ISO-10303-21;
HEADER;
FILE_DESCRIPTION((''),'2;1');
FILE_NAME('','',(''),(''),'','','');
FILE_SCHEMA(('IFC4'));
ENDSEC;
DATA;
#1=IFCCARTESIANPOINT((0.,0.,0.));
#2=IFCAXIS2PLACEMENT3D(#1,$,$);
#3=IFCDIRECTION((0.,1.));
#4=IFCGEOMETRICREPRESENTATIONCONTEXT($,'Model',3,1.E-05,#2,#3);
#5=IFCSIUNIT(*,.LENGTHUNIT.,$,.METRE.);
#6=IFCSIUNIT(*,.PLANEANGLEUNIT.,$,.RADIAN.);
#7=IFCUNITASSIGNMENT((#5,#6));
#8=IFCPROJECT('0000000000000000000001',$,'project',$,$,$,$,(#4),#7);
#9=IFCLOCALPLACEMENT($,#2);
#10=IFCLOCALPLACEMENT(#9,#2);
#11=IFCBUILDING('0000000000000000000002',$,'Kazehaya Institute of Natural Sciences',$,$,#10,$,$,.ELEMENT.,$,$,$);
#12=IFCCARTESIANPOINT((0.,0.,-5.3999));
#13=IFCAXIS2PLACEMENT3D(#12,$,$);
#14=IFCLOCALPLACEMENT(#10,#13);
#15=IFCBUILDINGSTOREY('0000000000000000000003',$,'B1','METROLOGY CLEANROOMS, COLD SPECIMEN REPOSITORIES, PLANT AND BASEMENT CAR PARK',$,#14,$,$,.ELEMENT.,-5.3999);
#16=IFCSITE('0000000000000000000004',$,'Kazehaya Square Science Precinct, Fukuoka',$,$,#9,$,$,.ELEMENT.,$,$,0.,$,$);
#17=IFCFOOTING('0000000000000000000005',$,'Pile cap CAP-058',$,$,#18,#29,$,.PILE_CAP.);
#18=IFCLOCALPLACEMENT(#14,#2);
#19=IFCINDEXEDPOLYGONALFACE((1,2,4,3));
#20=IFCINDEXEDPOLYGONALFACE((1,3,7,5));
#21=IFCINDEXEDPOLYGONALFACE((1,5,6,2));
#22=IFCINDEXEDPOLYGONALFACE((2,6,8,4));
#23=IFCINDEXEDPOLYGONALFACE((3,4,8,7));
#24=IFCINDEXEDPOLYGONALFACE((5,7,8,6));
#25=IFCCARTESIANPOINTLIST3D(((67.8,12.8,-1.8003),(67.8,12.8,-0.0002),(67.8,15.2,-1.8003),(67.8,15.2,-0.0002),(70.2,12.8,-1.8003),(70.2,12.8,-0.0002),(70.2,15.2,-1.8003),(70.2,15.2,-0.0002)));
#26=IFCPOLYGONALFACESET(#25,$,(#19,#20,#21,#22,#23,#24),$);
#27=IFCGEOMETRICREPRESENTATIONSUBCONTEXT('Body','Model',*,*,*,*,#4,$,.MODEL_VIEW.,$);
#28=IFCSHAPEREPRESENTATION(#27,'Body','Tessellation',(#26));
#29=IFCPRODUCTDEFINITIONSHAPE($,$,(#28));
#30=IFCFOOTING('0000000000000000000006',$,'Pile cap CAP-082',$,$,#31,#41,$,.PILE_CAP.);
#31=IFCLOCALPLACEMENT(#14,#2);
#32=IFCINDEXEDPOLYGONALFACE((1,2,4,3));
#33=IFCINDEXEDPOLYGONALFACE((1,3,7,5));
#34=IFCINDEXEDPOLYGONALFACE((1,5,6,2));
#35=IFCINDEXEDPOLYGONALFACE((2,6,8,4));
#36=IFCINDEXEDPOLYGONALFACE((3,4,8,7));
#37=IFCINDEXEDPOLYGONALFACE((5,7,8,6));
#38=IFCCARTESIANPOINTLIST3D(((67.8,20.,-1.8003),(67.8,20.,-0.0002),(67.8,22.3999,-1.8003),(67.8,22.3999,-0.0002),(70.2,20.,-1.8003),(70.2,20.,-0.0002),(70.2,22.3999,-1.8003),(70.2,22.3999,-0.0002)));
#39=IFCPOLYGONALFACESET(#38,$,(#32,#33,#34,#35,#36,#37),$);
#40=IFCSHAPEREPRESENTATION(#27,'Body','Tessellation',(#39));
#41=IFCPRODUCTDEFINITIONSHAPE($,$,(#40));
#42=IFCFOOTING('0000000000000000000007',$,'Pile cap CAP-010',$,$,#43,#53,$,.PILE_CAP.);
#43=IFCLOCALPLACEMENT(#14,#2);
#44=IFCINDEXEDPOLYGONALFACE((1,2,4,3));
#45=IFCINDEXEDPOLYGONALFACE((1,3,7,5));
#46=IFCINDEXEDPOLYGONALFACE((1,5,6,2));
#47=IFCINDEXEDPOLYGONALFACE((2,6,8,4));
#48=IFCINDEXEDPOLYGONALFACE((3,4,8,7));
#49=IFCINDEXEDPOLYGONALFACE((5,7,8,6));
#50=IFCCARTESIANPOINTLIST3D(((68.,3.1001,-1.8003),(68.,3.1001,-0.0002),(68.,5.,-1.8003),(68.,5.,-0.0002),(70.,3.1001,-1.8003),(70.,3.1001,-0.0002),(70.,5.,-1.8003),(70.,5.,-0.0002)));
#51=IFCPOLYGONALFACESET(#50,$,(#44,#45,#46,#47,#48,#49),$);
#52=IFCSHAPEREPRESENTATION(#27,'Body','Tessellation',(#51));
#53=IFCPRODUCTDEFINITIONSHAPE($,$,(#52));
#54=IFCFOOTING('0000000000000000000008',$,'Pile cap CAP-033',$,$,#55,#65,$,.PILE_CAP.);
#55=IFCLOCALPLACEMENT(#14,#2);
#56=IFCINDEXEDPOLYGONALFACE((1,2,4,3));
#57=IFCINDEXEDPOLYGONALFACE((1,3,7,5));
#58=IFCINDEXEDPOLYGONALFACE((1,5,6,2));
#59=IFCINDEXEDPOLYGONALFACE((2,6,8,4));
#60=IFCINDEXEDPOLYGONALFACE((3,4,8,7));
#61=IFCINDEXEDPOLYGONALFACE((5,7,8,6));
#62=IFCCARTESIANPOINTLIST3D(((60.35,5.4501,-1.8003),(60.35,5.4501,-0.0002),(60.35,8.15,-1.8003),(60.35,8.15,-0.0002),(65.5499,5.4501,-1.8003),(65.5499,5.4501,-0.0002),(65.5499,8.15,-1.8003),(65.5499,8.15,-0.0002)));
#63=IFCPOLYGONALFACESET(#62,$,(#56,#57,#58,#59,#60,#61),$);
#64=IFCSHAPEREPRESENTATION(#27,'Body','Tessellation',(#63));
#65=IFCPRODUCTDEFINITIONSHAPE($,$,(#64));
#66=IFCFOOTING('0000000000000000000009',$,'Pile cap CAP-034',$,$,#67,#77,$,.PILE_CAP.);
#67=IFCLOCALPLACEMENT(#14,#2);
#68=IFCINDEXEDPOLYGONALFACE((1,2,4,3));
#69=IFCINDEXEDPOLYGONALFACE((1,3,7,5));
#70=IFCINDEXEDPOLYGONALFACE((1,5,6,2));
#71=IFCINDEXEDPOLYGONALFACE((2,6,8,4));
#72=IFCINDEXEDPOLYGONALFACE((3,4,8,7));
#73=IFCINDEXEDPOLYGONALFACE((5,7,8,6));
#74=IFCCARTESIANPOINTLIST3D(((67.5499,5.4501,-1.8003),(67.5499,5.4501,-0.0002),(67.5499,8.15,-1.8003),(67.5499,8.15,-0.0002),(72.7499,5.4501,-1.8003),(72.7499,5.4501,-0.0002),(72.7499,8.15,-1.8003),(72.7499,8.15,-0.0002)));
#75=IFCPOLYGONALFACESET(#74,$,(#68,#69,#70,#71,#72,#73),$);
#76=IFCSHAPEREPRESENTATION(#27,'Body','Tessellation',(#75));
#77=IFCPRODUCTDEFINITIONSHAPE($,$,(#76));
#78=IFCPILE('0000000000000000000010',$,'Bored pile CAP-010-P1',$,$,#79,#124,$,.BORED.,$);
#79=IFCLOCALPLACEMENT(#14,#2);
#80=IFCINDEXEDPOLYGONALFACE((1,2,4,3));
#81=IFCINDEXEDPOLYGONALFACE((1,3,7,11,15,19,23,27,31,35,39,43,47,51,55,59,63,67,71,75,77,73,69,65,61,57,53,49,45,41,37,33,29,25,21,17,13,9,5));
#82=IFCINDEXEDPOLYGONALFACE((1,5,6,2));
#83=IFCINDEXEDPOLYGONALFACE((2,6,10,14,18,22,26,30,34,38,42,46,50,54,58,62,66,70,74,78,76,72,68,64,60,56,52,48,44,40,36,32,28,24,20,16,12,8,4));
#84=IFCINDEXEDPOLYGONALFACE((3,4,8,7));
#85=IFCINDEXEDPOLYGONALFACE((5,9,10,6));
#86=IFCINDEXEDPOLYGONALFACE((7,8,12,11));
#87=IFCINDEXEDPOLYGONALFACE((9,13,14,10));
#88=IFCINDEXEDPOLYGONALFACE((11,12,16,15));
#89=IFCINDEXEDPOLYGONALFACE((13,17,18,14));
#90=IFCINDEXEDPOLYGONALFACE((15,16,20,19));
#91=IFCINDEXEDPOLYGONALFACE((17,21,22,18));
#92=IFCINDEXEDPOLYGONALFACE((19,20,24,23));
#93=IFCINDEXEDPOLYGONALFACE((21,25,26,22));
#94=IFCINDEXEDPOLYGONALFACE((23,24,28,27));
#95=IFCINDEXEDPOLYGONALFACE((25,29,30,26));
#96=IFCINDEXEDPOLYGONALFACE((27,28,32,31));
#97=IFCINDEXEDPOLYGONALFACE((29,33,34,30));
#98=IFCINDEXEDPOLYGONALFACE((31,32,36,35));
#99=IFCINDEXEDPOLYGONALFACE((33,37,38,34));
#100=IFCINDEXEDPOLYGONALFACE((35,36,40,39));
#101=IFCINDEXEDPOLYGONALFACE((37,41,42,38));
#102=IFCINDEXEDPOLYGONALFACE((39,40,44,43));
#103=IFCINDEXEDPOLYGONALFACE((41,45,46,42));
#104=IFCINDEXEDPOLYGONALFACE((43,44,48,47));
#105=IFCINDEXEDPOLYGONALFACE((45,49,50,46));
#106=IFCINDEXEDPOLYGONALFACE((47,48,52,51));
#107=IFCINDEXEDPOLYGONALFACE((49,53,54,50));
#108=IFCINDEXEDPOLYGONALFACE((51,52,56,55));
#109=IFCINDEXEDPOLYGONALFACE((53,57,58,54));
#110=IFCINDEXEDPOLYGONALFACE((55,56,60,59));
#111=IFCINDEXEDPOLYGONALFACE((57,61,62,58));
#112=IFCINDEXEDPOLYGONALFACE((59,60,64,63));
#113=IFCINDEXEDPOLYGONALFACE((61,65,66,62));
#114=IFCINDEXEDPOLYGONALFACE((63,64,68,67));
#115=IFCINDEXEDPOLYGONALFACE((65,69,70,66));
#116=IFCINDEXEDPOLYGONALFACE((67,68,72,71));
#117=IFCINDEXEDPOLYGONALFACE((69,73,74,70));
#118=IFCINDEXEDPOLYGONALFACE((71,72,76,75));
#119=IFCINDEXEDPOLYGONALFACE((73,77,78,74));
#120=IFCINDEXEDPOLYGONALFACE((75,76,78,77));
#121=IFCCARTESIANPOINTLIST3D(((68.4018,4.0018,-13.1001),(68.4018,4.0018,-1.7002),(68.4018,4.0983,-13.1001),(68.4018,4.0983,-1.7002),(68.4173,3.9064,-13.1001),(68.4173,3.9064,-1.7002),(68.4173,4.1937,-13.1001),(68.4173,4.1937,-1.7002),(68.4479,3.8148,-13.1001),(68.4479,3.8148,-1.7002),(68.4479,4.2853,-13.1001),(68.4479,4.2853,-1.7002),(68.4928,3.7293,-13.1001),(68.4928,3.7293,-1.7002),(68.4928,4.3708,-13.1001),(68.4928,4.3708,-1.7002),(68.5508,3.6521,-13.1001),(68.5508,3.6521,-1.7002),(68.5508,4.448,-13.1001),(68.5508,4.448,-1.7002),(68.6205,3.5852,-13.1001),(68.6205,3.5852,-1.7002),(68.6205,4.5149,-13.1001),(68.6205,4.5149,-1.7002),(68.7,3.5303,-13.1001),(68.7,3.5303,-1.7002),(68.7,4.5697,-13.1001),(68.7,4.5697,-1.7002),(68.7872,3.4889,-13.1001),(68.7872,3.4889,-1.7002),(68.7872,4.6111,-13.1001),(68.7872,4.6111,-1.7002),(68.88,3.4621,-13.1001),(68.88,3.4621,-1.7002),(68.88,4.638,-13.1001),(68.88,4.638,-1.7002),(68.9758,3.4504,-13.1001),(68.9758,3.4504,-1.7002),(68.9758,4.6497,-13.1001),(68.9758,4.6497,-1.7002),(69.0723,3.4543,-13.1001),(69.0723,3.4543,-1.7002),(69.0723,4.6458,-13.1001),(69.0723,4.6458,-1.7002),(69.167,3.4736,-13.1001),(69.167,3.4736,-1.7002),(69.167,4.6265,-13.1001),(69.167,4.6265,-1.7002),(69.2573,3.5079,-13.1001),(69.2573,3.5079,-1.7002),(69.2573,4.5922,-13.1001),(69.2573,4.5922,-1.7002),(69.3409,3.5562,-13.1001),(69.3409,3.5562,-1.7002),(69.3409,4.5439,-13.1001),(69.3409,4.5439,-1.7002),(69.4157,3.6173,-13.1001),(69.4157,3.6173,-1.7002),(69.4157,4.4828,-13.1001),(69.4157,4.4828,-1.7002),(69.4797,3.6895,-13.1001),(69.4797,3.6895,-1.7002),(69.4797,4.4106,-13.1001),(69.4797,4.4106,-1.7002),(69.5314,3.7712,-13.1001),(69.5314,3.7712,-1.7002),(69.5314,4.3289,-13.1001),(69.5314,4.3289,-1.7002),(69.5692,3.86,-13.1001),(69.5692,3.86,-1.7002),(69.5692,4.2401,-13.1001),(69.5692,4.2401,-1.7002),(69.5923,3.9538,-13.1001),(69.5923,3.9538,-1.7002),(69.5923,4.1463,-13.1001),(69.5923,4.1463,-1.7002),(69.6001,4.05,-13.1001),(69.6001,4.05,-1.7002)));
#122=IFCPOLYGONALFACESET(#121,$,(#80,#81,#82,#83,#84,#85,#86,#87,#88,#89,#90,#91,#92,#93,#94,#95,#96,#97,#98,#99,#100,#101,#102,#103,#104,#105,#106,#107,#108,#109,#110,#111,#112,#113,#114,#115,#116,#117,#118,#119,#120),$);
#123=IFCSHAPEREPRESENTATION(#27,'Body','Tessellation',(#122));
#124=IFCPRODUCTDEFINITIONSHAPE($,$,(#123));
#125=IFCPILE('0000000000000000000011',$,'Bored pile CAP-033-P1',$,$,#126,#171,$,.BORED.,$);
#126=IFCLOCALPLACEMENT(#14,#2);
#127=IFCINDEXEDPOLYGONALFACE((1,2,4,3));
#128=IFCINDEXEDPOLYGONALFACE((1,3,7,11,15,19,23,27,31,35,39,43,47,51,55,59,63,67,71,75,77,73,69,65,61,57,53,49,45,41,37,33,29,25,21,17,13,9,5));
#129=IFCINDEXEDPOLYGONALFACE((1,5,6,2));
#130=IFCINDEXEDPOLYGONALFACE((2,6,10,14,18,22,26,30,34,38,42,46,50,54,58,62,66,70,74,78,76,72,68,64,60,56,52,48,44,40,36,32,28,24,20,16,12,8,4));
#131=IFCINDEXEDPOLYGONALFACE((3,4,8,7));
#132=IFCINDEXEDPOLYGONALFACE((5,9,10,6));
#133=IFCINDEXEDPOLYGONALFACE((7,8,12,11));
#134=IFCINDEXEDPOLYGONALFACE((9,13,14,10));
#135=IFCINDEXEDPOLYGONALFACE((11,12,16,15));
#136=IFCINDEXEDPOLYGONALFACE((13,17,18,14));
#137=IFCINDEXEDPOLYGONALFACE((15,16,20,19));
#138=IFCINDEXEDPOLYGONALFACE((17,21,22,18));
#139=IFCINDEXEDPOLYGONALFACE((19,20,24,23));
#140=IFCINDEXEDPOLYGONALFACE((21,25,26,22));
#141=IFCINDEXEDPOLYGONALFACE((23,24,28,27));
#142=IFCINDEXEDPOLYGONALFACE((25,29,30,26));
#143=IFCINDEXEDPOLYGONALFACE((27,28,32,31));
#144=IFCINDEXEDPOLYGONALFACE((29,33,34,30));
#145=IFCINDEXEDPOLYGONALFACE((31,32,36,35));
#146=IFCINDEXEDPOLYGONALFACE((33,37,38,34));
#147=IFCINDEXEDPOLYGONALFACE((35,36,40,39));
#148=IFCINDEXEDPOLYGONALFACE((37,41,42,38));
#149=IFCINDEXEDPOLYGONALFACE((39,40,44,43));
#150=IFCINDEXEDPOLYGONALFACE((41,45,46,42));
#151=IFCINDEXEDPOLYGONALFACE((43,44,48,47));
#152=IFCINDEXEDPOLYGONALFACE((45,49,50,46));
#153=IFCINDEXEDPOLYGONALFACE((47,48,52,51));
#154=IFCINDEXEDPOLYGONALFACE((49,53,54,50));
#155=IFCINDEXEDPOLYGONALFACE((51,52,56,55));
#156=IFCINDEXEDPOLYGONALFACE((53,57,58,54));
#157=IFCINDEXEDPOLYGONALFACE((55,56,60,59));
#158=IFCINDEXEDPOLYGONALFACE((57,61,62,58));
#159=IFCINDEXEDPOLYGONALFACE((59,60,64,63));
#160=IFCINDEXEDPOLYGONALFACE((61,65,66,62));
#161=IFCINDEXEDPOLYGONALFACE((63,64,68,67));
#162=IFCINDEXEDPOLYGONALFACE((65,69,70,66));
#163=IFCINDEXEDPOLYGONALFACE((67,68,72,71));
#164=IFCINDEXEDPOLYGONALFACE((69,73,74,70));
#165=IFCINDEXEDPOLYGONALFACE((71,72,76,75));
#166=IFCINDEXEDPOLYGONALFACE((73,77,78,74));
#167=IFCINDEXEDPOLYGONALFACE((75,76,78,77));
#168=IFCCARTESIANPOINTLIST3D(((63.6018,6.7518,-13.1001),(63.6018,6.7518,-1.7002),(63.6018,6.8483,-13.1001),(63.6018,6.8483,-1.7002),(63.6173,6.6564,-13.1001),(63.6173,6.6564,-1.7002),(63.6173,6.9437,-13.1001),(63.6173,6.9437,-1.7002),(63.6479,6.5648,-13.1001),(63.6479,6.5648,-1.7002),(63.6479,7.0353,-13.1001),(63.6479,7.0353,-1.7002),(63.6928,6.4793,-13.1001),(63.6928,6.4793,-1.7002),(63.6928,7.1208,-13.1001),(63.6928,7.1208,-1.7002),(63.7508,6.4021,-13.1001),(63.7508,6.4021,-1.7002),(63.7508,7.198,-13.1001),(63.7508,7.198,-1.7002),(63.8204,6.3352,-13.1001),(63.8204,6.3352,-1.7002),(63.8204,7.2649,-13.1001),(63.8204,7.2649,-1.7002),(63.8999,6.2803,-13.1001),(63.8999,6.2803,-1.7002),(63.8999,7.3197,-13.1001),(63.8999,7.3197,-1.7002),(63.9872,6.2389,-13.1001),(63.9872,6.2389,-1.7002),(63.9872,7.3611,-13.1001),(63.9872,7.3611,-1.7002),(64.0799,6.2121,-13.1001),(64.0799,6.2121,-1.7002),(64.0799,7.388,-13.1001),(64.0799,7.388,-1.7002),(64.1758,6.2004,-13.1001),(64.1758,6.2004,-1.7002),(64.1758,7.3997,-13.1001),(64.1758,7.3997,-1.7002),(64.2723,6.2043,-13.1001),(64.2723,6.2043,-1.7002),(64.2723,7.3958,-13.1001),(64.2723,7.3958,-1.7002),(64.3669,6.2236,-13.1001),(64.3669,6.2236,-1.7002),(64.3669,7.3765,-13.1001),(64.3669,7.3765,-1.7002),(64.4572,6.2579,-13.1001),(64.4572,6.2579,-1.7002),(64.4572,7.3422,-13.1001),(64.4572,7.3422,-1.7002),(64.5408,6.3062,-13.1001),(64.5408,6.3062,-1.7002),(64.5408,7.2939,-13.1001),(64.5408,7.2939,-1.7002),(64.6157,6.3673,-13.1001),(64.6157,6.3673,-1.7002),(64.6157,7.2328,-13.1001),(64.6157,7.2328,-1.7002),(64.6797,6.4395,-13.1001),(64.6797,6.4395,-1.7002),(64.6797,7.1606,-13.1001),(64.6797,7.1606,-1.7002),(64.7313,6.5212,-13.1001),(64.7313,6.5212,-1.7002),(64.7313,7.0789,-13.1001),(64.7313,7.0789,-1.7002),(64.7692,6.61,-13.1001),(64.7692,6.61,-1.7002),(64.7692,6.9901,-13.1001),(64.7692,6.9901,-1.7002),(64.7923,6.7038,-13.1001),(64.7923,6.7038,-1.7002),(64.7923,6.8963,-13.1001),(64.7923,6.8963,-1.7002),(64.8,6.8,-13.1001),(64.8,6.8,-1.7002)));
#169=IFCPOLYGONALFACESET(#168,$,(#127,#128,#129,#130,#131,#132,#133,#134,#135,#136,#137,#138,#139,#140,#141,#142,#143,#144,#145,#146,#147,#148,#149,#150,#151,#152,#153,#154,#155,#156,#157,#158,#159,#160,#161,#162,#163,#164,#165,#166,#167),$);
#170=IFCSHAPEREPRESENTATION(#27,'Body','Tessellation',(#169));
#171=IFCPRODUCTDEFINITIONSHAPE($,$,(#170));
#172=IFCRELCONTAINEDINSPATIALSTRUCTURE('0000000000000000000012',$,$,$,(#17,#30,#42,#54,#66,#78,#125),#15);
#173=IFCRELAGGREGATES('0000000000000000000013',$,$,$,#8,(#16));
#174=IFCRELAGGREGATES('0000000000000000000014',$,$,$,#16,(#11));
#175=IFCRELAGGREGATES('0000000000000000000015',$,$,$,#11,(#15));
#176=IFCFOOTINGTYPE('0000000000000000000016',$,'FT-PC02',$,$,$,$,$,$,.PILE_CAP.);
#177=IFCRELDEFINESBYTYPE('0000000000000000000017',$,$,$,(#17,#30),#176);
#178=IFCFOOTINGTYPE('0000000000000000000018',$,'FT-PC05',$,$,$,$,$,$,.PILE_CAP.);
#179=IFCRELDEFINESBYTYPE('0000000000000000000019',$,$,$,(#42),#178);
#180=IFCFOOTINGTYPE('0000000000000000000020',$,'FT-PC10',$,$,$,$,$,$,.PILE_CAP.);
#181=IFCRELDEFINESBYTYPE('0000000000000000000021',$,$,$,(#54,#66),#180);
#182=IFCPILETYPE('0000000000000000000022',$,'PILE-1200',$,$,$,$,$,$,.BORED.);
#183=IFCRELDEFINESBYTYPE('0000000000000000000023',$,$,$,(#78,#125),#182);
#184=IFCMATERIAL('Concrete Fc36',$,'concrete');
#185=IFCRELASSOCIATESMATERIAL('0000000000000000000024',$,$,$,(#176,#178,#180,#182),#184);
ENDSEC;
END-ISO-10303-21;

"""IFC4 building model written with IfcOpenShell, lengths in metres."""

from ifc_helpers import new_model, si_unit, direction, frame, origin, origin_2d, place, context, subcontext, project, spatial, rectangle, circle, extrude, material, material_profile, profile_set, type_object, element, save


model = new_model("IFC4")

# Units and contexts
model_context = context("Model", 3, precision=1e-05, world=origin(), true_north=direction((0.0, 1.0)))
body_context = subcontext(model_context, "Body", "Model", "MODEL_VIEW")
ifc_project = project(units=[si_unit("LENGTHUNIT", "METRE"), si_unit("PLANEANGLEUNIT", "RADIAN")], contexts=[model_context])

# Site, building, storey
site_placement = place(None, origin())
site = spatial("IfcSite", under=ifc_project, at=site_placement, Name="Kazehaya Square Science Precinct, Fukuoka", CompositionType="ELEMENT", RefElevation=0.0)
building_placement = place(site_placement, origin())
building = spatial("IfcBuilding", under=site, at=building_placement, Name="Kazehaya Institute of Natural Sciences", CompositionType="ELEMENT")
storey_placement = place(building_placement, frame((0.0, 0.0, -5.3999)))
storey = spatial("IfcBuildingStorey", under=building, at=storey_placement, Name="B1", Description="METROLOGY CLEANROOMS, COLD SPECIMEN REPOSITORIES, PLANT AND BASEMENT CAR PARK", CompositionType="ELEMENT", Elevation=-5.3999)

# Footings
ifc_material_1 = material(Name="Concrete Fc36", Category="concrete")
footing_type_1 = type_object("IfcFootingType", Name="FT-PC02", PredefinedType="PILE_CAP", material=ifc_material_1)
for number, where, z_axis, x_axis, name in (
    (1, (69.0, 14.0, -1.8003), (0.0, 0.0, 1.0), (1.0, 0.0, 0.0), "Pile cap CAP-058"),
    (2, (69.0, 21.2, -1.8003), (0.0, 0.0, 1.0), (1.0, 0.0, 0.0), "Pile cap CAP-082"),
):
    element("IfcFooting", number, at=place(storey_placement, frame(where, z_axis=z_axis, x_axis=x_axis)), inside=storey, type_object=footing_type_1, Name=name, PredefinedType="PILE_CAP", context=body_context, shape_type="SweptSolid", body=[
        extrude(rectangle(XDim=2.3999, YDim=2.3999, at=origin_2d()), origin(), (0.0, 0.0, 1.0), 1.8),
    ])
footing_type_2 = type_object("IfcFootingType", Name="FT-PC05", PredefinedType="PILE_CAP", material=ifc_material_1)
footing_placement = place(storey_placement, frame((69.0, 4.05, -1.8003), z_axis=(0.0, 0.0, 1.0), x_axis=(1.0, 0.0, 0.0)))
element("IfcFooting", 3, at=footing_placement, inside=storey, type_object=footing_type_2, Name="Pile cap CAP-010", PredefinedType="PILE_CAP", context=body_context, shape_type="SweptSolid", body=[
    extrude(rectangle(XDim=2.0, YDim=1.8999, at=origin_2d()), origin(), (0.0, 0.0, 1.0), 1.8),
])
footing_type_3 = type_object("IfcFootingType", Name="FT-PC10", PredefinedType="PILE_CAP", material=ifc_material_1)
for number, where, z_axis, x_axis, name in (
    (4, (62.95, 6.8, -1.8003), (0.0, 0.0, 1.0), (1.0, 0.0, 0.0), "Pile cap CAP-033"),
    (5, (70.1499, 6.8, -1.8003), (0.0, 0.0, 1.0), (1.0, 0.0, 0.0), "Pile cap CAP-034"),
):
    element("IfcFooting", number, at=place(storey_placement, frame(where, z_axis=z_axis, x_axis=x_axis)), inside=storey, type_object=footing_type_3, Name=name, PredefinedType="PILE_CAP", context=body_context, shape_type="SweptSolid", body=[
        extrude(rectangle(XDim=5.2, YDim=2.7, at=origin_2d()), origin(), (0.0, 0.0, 1.0), 1.8),
    ])

# Piles
ifc_material_profile_1 = material_profile(ifc_material_1, circle(Radius=0.6001, at=origin_2d()), Name="PILE-1200")
ifc_profile_set_1 = profile_set([ifc_material_profile_1], Name="Concrete Fc36")
pile_type_1 = type_object("IfcPileType", Name="PILE-1200", PredefinedType="BORED", material=ifc_profile_set_1)
for number, where, z_axis, x_axis, name in (
    (6, (69.0, 4.05, -1.7002), (0.0, 0.0, -1.0), (1.0, 0.0, 0.0), "Bored pile CAP-010-P1"),
    (7, (64.2, 6.8, -1.7002), (0.0, 0.0, -1.0), (1.0, 0.0, 0.0), "Bored pile CAP-033-P1"),
):
    element("IfcPile", number, at=place(storey_placement, frame(where, z_axis=z_axis, x_axis=x_axis)), inside=storey, type_object=pile_type_1, Name=name, PredefinedType="BORED", context=body_context, shape_type="SweptSolid", body=[
        extrude(circle(Radius=0.6001, at=origin_2d()), origin(), (0.0, 0.0, 1.0), 11.3999),
    ])

save(model, "model.ifc")
